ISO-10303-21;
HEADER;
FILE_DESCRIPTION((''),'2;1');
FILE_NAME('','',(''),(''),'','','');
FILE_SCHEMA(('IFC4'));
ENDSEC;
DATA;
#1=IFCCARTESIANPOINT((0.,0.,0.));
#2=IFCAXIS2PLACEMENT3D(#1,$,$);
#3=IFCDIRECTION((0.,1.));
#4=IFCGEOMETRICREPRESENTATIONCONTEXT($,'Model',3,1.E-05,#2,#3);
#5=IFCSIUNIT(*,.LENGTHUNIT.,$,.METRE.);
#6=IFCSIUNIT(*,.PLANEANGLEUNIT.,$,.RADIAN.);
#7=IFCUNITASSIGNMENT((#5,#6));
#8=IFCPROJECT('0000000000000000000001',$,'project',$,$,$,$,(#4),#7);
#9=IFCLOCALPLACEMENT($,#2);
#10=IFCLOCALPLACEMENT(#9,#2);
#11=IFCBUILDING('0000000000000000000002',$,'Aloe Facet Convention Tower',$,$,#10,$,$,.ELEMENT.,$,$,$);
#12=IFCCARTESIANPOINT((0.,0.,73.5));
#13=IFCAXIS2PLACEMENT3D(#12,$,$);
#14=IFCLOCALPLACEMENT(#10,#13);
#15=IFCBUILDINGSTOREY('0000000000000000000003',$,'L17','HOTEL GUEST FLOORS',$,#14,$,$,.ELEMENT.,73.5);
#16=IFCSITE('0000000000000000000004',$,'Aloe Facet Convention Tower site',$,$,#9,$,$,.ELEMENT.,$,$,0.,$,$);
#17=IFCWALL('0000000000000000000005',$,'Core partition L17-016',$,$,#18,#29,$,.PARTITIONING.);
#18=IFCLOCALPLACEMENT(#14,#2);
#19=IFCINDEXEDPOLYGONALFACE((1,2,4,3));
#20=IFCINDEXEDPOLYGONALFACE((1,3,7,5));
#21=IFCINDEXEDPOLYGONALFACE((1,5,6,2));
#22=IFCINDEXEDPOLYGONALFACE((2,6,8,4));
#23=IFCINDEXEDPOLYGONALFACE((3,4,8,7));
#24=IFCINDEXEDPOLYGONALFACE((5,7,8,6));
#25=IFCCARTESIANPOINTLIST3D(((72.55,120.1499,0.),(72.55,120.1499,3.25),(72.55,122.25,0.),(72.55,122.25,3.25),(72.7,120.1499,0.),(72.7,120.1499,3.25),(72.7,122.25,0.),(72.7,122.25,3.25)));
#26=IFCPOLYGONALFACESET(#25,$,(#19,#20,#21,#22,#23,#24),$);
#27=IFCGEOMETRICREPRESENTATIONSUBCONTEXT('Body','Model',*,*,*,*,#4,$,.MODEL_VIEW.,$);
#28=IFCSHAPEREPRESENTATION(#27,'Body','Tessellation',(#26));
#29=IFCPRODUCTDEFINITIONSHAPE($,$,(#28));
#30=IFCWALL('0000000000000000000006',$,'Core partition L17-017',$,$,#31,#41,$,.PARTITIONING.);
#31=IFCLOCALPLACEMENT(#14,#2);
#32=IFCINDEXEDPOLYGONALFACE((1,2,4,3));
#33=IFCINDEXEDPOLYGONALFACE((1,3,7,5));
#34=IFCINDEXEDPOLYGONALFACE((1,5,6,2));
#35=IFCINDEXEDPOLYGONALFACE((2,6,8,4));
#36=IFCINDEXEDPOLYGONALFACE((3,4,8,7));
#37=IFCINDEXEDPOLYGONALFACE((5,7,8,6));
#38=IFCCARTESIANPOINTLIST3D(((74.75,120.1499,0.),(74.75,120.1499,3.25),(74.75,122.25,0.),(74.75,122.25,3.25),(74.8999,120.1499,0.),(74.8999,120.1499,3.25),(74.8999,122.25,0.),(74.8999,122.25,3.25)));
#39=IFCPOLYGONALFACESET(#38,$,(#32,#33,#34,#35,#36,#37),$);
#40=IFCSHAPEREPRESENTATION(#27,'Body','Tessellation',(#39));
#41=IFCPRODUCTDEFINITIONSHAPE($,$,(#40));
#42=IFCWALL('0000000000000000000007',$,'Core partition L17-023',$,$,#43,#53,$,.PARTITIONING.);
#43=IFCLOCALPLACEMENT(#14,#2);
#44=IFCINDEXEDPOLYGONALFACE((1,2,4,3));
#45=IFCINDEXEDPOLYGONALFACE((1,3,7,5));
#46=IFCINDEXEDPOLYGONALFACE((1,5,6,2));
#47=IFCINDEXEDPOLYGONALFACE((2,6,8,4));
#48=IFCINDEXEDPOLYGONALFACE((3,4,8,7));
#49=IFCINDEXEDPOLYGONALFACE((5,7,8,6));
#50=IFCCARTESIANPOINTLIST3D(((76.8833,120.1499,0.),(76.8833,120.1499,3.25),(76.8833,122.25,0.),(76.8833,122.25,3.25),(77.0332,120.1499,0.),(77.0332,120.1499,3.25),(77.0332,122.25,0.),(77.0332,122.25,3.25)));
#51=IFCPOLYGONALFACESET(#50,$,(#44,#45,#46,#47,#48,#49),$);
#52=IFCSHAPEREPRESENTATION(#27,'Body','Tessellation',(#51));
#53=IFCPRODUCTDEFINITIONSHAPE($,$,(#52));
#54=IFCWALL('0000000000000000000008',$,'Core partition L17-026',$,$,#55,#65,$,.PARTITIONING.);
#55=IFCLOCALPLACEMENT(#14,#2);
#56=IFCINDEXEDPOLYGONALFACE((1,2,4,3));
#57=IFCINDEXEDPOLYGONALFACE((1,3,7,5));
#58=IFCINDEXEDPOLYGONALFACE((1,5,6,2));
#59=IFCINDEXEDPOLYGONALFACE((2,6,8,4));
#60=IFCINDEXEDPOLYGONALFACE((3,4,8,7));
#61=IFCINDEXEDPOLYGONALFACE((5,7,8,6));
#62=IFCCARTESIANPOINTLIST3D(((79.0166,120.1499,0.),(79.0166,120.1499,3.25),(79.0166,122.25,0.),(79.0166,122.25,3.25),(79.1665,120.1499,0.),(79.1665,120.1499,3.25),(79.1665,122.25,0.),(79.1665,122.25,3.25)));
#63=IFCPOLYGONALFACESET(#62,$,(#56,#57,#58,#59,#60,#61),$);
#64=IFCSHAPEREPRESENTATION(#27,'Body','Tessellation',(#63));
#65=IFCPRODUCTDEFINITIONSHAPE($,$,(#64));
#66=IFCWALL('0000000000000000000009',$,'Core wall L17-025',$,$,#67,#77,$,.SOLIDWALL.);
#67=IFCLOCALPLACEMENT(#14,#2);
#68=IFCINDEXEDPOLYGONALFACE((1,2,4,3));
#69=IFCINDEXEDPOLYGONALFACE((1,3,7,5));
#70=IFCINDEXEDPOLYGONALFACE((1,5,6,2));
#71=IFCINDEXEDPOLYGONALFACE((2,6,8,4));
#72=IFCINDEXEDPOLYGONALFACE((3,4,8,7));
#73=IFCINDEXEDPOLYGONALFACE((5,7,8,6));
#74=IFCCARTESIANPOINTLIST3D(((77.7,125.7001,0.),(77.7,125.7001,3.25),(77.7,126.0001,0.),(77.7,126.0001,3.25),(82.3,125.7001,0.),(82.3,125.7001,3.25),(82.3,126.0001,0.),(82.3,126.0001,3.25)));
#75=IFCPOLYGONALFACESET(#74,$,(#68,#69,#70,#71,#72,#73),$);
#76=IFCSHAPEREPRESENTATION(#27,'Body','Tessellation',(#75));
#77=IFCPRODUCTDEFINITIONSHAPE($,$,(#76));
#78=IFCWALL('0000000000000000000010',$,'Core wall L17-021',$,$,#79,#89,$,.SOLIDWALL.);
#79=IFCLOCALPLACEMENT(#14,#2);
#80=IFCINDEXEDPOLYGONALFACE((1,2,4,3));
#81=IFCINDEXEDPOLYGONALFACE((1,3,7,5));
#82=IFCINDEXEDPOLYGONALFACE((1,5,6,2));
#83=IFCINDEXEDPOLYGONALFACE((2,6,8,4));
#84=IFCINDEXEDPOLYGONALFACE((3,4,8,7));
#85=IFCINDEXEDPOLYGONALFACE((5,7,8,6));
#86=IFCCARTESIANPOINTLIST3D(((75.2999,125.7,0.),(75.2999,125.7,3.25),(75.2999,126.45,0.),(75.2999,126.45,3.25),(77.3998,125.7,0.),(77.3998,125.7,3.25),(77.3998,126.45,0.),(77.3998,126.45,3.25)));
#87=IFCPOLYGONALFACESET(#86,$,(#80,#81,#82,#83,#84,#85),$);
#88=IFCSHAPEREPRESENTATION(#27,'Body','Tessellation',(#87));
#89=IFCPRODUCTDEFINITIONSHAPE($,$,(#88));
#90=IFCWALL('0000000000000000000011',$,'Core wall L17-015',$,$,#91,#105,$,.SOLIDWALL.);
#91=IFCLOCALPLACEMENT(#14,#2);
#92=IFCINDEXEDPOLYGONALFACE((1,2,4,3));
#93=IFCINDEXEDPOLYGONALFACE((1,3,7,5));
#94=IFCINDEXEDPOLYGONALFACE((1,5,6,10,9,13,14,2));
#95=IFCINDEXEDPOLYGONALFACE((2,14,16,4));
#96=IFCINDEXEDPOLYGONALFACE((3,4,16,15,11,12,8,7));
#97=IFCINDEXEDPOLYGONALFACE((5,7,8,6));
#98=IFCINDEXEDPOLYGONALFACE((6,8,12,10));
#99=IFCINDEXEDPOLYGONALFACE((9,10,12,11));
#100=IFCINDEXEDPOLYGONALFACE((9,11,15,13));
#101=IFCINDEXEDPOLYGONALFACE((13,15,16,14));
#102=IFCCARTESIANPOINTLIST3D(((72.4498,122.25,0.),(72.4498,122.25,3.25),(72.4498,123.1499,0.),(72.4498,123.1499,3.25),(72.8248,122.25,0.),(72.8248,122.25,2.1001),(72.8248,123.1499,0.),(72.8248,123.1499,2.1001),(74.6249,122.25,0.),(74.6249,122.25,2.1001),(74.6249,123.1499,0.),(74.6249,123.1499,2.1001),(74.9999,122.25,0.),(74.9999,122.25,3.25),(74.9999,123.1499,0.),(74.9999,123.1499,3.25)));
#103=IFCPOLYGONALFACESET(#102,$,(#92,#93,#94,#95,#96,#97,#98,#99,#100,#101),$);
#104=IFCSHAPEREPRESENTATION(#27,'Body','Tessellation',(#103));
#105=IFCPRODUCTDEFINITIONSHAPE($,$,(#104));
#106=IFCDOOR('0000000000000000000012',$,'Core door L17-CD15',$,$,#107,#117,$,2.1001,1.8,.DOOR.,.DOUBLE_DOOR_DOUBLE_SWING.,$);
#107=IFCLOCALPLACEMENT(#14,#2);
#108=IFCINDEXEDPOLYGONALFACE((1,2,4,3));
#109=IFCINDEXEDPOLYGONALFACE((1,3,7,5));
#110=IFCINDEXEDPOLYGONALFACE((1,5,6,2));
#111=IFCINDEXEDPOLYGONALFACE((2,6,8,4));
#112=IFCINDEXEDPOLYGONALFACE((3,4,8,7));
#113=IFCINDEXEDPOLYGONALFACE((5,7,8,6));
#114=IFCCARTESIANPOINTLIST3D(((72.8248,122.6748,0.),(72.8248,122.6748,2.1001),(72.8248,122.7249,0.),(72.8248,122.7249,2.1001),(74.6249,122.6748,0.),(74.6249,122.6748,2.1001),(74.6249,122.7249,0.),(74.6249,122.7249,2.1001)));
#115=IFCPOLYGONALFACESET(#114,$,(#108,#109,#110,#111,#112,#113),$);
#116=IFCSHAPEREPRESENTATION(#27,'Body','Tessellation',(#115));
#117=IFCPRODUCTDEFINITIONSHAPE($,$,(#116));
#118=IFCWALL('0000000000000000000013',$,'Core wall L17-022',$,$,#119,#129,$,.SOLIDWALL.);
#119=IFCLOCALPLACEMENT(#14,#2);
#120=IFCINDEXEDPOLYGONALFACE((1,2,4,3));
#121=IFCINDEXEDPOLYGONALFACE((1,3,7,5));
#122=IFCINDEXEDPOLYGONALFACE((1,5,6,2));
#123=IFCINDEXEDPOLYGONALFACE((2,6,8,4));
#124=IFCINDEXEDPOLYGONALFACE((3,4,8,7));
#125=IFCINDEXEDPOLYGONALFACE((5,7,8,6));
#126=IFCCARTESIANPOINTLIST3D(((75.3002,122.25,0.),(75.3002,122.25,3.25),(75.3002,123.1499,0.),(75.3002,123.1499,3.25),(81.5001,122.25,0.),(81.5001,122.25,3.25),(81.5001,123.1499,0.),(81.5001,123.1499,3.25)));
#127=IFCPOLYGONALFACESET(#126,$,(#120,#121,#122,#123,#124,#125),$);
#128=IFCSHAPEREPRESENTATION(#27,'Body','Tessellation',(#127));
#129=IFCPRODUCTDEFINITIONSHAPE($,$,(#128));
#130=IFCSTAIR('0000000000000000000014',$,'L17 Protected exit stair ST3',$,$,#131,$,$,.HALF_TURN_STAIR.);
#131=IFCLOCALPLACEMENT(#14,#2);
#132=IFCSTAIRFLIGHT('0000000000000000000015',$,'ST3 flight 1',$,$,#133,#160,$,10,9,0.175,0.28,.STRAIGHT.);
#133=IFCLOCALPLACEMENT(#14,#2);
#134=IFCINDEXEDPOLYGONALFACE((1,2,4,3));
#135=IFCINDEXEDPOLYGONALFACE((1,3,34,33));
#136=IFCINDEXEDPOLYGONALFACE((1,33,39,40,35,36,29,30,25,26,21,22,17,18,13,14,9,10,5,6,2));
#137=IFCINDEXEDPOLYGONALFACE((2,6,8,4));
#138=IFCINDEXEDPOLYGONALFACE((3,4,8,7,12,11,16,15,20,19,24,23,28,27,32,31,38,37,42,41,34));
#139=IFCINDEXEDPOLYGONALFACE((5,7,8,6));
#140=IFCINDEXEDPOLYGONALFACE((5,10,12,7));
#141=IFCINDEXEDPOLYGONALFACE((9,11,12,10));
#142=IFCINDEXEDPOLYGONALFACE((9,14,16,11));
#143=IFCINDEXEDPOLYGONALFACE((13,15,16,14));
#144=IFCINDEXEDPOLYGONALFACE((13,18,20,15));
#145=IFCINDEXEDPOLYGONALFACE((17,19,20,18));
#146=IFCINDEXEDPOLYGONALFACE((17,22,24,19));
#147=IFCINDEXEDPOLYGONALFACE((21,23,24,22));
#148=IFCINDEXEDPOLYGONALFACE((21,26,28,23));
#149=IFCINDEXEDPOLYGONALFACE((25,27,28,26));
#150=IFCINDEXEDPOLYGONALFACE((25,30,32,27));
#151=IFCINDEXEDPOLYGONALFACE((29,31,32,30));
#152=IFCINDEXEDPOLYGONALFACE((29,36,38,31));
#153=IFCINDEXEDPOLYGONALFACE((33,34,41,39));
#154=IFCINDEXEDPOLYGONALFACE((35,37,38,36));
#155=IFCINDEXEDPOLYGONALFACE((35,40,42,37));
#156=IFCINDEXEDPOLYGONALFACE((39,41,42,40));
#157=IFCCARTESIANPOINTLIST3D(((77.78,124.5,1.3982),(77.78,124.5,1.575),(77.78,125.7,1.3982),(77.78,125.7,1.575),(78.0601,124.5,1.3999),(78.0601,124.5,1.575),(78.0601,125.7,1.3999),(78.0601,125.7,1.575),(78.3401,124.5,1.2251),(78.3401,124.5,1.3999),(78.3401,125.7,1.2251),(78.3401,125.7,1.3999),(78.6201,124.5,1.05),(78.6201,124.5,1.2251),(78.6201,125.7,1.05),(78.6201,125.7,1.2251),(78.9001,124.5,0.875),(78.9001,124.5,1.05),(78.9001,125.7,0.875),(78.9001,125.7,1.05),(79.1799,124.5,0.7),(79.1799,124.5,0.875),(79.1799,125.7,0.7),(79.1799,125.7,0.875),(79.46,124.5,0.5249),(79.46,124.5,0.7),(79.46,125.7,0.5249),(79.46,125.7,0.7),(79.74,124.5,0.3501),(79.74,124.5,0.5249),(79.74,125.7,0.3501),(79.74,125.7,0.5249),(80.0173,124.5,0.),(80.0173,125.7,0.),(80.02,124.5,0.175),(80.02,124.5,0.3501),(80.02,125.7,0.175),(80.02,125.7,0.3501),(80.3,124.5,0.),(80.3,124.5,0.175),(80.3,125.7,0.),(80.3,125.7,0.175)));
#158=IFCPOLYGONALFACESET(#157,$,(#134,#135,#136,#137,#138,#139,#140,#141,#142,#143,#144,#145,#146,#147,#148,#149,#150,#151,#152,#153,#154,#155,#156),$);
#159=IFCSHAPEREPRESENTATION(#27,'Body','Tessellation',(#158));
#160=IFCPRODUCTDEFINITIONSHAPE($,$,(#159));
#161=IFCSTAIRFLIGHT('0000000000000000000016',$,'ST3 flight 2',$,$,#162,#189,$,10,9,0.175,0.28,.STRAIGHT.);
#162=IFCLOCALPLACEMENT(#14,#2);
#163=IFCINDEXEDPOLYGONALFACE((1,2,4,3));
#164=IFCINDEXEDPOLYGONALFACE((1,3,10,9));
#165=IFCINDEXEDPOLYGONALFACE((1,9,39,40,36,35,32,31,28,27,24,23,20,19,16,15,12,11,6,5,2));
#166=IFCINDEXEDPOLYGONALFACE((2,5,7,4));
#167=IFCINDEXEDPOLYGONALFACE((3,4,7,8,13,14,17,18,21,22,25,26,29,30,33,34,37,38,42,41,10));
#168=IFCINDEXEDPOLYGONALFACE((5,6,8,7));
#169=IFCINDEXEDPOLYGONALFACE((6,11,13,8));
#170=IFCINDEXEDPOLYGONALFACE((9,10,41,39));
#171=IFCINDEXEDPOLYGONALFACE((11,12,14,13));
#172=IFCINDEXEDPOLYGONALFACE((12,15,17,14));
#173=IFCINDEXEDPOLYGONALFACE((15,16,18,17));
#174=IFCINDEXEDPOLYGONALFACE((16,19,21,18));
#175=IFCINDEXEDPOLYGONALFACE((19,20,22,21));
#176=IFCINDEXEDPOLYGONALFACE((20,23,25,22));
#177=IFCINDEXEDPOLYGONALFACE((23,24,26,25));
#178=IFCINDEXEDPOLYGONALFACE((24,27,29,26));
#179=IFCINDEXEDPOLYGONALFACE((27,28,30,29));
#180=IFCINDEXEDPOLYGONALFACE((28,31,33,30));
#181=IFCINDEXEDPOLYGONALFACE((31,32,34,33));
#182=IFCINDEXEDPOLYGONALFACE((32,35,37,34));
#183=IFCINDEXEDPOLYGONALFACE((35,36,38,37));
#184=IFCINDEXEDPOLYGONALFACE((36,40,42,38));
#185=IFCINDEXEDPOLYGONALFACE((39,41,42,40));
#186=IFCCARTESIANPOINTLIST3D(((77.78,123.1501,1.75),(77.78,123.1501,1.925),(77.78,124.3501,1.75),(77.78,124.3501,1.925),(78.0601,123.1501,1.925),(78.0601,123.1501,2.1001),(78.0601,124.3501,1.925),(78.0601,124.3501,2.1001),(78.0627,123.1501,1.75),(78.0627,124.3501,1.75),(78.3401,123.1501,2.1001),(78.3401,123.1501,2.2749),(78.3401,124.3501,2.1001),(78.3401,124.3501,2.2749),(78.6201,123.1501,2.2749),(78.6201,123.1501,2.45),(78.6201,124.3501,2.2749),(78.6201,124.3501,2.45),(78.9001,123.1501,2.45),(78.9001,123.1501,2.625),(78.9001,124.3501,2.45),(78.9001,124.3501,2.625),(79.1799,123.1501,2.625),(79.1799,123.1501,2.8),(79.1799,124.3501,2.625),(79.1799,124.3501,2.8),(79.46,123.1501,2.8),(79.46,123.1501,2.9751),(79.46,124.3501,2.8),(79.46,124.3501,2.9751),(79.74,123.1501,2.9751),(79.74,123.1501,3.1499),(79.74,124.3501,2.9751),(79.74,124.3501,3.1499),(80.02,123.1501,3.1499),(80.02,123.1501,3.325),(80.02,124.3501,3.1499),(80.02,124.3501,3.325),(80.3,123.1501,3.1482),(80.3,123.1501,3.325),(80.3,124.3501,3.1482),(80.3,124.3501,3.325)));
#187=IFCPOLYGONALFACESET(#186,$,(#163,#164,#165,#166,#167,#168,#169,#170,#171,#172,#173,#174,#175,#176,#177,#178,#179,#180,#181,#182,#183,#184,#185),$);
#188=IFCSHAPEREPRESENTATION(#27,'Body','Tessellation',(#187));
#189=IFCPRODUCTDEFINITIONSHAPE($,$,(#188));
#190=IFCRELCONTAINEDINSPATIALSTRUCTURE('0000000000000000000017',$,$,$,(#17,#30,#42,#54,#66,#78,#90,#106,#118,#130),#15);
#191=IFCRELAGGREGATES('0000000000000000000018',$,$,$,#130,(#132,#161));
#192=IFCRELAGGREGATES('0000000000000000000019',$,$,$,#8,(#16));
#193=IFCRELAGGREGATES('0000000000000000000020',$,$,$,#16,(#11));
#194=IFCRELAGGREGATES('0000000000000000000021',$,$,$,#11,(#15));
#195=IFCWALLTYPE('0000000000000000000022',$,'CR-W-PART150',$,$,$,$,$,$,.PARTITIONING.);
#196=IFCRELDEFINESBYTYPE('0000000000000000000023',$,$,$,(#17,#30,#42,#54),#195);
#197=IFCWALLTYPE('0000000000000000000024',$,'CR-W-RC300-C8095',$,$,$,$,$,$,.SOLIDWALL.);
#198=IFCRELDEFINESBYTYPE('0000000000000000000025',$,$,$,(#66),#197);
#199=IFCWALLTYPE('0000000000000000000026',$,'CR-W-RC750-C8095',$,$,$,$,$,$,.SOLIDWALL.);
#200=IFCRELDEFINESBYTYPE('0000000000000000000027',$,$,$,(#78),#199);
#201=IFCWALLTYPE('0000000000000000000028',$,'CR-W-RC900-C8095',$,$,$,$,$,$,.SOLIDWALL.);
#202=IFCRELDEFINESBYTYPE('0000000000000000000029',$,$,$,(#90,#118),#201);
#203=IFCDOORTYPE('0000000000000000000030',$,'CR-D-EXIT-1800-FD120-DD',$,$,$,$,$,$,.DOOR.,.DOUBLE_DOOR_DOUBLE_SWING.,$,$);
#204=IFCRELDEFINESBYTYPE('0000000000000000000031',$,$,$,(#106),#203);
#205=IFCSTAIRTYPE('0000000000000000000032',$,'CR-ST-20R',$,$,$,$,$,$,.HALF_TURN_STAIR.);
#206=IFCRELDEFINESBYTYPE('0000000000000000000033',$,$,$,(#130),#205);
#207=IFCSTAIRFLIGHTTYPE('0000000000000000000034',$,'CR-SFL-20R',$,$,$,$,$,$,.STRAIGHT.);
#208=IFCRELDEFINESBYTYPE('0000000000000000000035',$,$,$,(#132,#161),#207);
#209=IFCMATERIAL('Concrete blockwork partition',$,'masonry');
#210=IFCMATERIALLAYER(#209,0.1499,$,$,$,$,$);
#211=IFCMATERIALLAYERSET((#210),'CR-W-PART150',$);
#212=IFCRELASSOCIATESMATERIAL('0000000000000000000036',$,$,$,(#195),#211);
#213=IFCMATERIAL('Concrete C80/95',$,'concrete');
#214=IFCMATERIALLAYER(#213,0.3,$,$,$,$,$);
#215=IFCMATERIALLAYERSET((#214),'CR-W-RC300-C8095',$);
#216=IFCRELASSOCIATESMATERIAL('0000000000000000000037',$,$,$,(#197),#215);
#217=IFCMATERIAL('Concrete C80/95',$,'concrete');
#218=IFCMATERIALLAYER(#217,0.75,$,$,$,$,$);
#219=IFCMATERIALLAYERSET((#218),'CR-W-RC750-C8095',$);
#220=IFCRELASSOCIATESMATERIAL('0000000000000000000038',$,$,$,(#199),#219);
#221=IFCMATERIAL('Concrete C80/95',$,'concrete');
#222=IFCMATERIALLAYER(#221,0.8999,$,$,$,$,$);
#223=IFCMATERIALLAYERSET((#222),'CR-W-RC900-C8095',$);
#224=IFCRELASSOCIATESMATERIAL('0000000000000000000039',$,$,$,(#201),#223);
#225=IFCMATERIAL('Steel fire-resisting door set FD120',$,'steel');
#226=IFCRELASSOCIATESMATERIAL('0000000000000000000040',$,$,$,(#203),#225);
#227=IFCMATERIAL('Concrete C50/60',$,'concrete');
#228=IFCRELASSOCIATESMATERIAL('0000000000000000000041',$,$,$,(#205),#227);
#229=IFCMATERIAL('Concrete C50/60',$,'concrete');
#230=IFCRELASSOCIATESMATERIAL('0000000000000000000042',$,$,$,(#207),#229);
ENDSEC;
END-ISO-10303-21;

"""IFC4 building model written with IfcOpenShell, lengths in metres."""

from ifc_helpers import new_model, si_unit, direction, frame, frame_2d, origin, place, context, subcontext, project, spatial, polyline, rectangle, outline, extrude, material, layer, layer_set, type_object, element, fill, aggregate, save


model = new_model("IFC4")

# Units and contexts
model_context = context("Model", 3, precision=1e-05, world=origin(), true_north=direction((0.0, 1.0)))
body_context = subcontext(model_context, "Body", "Model", "MODEL_VIEW")
ifc_project = project(units=[si_unit("LENGTHUNIT", "METRE"), si_unit("PLANEANGLEUNIT", "RADIAN")], contexts=[model_context])

# Site, building, storey
site_placement = place(None, origin())
site = spatial("IfcSite", under=ifc_project, at=site_placement, Name="Aloe Facet Convention Tower site", CompositionType="ELEMENT", RefElevation=0.0)
building_placement = place(site_placement, origin())
building = spatial("IfcBuilding", under=site, at=building_placement, Name="Aloe Facet Convention Tower", CompositionType="ELEMENT")
storey_placement = place(building_placement, frame((0.0, 0.0, 73.5)))
storey = spatial("IfcBuildingStorey", under=building, at=storey_placement, Name="L17", Description="HOTEL GUEST FLOORS", CompositionType="ELEMENT", Elevation=73.5)

# Walls
ifc_material_1 = material(Name="Concrete blockwork partition", Category="masonry")
ifc_layer_1 = layer(ifc_material_1, 0.1499)
ifc_layer_set_1 = layer_set([ifc_layer_1], Name="CR-W-PART150")
wall_type_1 = type_object("IfcWallType", Name="CR-W-PART150", PredefinedType="PARTITIONING", material=ifc_layer_set_1)
for number, where, z_axis, x_axis, name in (
    (1, (72.625, 122.25, 0.0), (0.0, 0.0, 1.0), (0.0, -1.0, 0.0), "Core partition L17-016"),
    (2, (74.825, 122.25, 0.0), (0.0, 0.0, 1.0), (0.0, -1.0, 0.0), "Core partition L17-017"),
    (3, (76.9583, 122.25, 0.0), (0.0, 0.0, 1.0), (0.0, -1.0, 0.0), "Core partition L17-023"),
    (4, (79.0916, 122.25, 0.0), (0.0, 0.0, 1.0), (0.0, -1.0, 0.0), "Core partition L17-026"),
):
    element("IfcWall", number, at=place(storey_placement, frame(where, z_axis=z_axis, x_axis=x_axis)), inside=storey, type_object=wall_type_1, Name=name, PredefinedType="PARTITIONING", context=body_context, shape_type="SweptSolid", body=[
        extrude(rectangle(XDim=2.1001, YDim=0.1499, at=frame_2d((1.05, 0.0))), origin(), (0.0, 0.0, 1.0), 3.25),
    ])
ifc_material_2 = material(Name="Concrete C80/95", Category="concrete")
ifc_layer_2 = layer(ifc_material_2, 0.3)
ifc_layer_set_2 = layer_set([ifc_layer_2], Name="CR-W-RC300-C8095")
wall_type_2 = type_object("IfcWallType", Name="CR-W-RC300-C8095", PredefinedType="SOLIDWALL", material=ifc_layer_set_2)
wall_1_placement = place(storey_placement, frame((77.7, 125.8501, 0.0), z_axis=(0.0, 0.0, 1.0), x_axis=(1.0, 0.0, 0.0)))
element("IfcWall", 5, at=wall_1_placement, inside=storey, type_object=wall_type_2, Name="Core wall L17-025", PredefinedType="SOLIDWALL", context=body_context, shape_type="SweptSolid", body=[
    extrude(rectangle(XDim=4.6001, YDim=0.3, at=frame_2d((2.3, 0.0))), origin(), (0.0, 0.0, 1.0), 3.25),
])
ifc_material_3 = material(Name="Concrete C80/95", Category="concrete")
ifc_layer_3 = layer(ifc_material_3, 0.75)
ifc_layer_set_3 = layer_set([ifc_layer_3], Name="CR-W-RC750-C8095")
wall_type_3 = type_object("IfcWallType", Name="CR-W-RC750-C8095", PredefinedType="SOLIDWALL", material=ifc_layer_set_3)
wall_2_placement = place(storey_placement, frame((75.3, 126.075, 0.0), z_axis=(0.0, 0.0, 1.0), x_axis=(1.0, 0.0, 0.0)))
element("IfcWall", 6, at=wall_2_placement, inside=storey, type_object=wall_type_3, Name="Core wall L17-021", PredefinedType="SOLIDWALL", context=body_context, shape_type="SweptSolid", body=[
    extrude(rectangle(XDim=2.0999, YDim=0.75, at=frame_2d((1.0498, 0.0))), origin(), (0.0, 0.0, 1.0), 3.25),
])

# Wall, opening, door
ifc_material_4 = material(Name="Concrete C80/95", Category="concrete")
ifc_layer_4 = layer(ifc_material_4, 0.8999)
ifc_layer_set_4 = layer_set([ifc_layer_4], Name="CR-W-RC900-C8095")
wall_type_4 = type_object("IfcWallType", Name="CR-W-RC900-C8095", PredefinedType="SOLIDWALL", material=ifc_layer_set_4)
wall_3_placement = place(storey_placement, frame((72.45, 122.7, 0.0), z_axis=(0.0, 0.0, 1.0), x_axis=(1.0, 0.0, 0.0)))
wall_3 = element("IfcWall", 7, at=wall_3_placement, inside=storey, type_object=wall_type_4, Name="Core wall L17-015", PredefinedType="SOLIDWALL", context=body_context, shape_type="SweptSolid", body=[
    extrude(rectangle(XDim=2.55, YDim=0.8999, at=frame_2d((1.2749, 0.0))), origin(), (0.0, 0.0, 1.0), 3.25),
])
opening_placement = place(wall_3_placement, frame((0.375, 0.0, 0.0)))
opening = element("IfcOpeningElement", 8, at=opening_placement, cuts=wall_3, PredefinedType="OPENING", context=body_context, shape_type="SweptSolid", body=[
    extrude(rectangle(XDim=1.8, YDim=2.1001, at=frame_2d((0.8999, 1.05))), frame((0.0, 0.46, 0.0), z_axis=(0.0, -1.0, 0.0), x_axis=(1.0, 0.0, 0.0)), (0.0, 0.0, 1.0), 0.9199),
])
ifc_material_5 = material(Name="Steel fire-resisting door set FD120", Category="steel")
door_type = type_object("IfcDoorType", Name="CR-D-EXIT-1800-FD120-DD", OperationType="DOUBLE_DOOR_DOUBLE_SWING", PredefinedType="DOOR", material=ifc_material_5)
door_placement = place(opening_placement, origin())
door = element("IfcDoor", 9, at=door_placement, inside=storey, type_object=door_type, Name="Core door L17-CD15", OperationType="DOUBLE_DOOR_DOUBLE_SWING", OverallHeight=2.1001, OverallWidth=1.8, PredefinedType="DOOR", context=body_context, shape_type="SweptSolid", body=[
    extrude(rectangle(XDim=1.8, YDim=2.1001, at=frame_2d((0.8999, 1.05))), frame((0.0, 0.0249, 0.0), z_axis=(0.0, -1.0, 0.0), x_axis=(1.0, 0.0, 0.0)), (0.0, 0.0, 1.0), 0.05),
])
fill(opening, door)

# Wall
wall_4_placement = place(storey_placement, frame((75.3, 122.7, 0.0), z_axis=(0.0, 0.0, 1.0), x_axis=(1.0, 0.0, 0.0)))
element("IfcWall", 10, at=wall_4_placement, inside=storey, type_object=wall_type_4, Name="Core wall L17-022", PredefinedType="SOLIDWALL", context=body_context, shape_type="SweptSolid", body=[
    extrude(rectangle(XDim=6.2, YDim=0.8999, at=frame_2d((3.1001, 0.0))), origin(), (0.0, 0.0, 1.0), 3.25),
])

# Stair, stair flights
ifc_material_6 = material(Name="Concrete C50/60", Category="concrete")
stair_type = type_object("IfcStairType", Name="CR-ST-20R", PredefinedType="HALF_TURN_STAIR", material=ifc_material_6)
stair_placement = place(storey_placement, origin())
stair = element("IfcStair", 11, at=stair_placement, inside=storey, type_object=stair_type, Name="L17 Protected exit stair ST3", PredefinedType="HALF_TURN_STAIR")
ifc_material_7 = material(Name="Concrete C50/60", Category="concrete")
stair_flight_type = type_object("IfcStairFlightType", Name="CR-SFL-20R", PredefinedType="STRAIGHT", material=ifc_material_7)
stair_flight_1_placement = place(storey_placement, frame((80.3, 125.1001, 0.0), z_axis=(0.0, 0.0, 1.0), x_axis=(-1.0, 0.0, 0.0)))
stair_flight_1 = element("IfcStairFlight", 12, at=stair_flight_1_placement, type_object=stair_flight_type, Name="ST3 flight 1", NumberOfRisers=10, NumberOfTreads=9, PredefinedType="STRAIGHT", RiserHeight=0.175, TreadLength=0.28, context=body_context, shape_type="SweptSolid", body=[
    extrude(outline(polyline([(0.0, 0.0), (0.0, 0.175), (0.28, 0.175), (0.28, 0.3501), (0.5601, 0.3501), (0.5601, 0.5249), (0.8401, 0.5249), (0.8401, 0.7), (1.1201, 0.7), (1.1201, 0.875), (1.3999, 0.875), (1.3999, 1.05), (1.6799, 1.05), (1.6799, 1.2251), (1.96, 1.2251), (1.96, 1.3999), (2.24, 1.3999), (2.24, 1.575), (2.52, 1.575), (2.52, 1.75), (2.52, 1.3982), (0.2827, 0.0), (0.0, 0.0)])), frame((0.0, 0.6001, 0.0), z_axis=(0.0, -1.0, 0.0), x_axis=(1.0, 0.0, 0.0)), (0.0, 0.0, 1.0), 1.2),
])
stair_flight_2_placement = place(storey_placement, frame((77.78, 123.75, 1.75), z_axis=(0.0, 0.0, 1.0), x_axis=(1.0, 0.0, 0.0)))
stair_flight_2 = element("IfcStairFlight", 13, at=stair_flight_2_placement, type_object=stair_flight_type, Name="ST3 flight 2", NumberOfRisers=10, NumberOfTreads=9, PredefinedType="STRAIGHT", RiserHeight=0.175, TreadLength=0.28, context=body_context, shape_type="SweptSolid", body=[
    extrude(outline(polyline([(0.0, 0.0), (0.0, 0.175), (0.28, 0.175), (0.28, 0.3501), (0.5601, 0.3501), (0.5601, 0.5249), (0.8401, 0.5249), (0.8401, 0.7), (1.1201, 0.7), (1.1201, 0.875), (1.3999, 0.875), (1.3999, 1.05), (1.6799, 1.05), (1.6799, 1.2251), (1.96, 1.2251), (1.96, 1.3999), (2.24, 1.3999), (2.24, 1.575), (2.52, 1.575), (2.52, 1.75), (2.52, 1.3982), (0.2827, 0.0), (0.0, 0.0)])), frame((0.0, 0.6001, 0.0), z_axis=(0.0, -1.0, 0.0), x_axis=(1.0, 0.0, 0.0)), (0.0, 0.0, 1.0), 1.2),
])
aggregate(stair, [stair_flight_1, stair_flight_2])

save(model, "model.ifc")
